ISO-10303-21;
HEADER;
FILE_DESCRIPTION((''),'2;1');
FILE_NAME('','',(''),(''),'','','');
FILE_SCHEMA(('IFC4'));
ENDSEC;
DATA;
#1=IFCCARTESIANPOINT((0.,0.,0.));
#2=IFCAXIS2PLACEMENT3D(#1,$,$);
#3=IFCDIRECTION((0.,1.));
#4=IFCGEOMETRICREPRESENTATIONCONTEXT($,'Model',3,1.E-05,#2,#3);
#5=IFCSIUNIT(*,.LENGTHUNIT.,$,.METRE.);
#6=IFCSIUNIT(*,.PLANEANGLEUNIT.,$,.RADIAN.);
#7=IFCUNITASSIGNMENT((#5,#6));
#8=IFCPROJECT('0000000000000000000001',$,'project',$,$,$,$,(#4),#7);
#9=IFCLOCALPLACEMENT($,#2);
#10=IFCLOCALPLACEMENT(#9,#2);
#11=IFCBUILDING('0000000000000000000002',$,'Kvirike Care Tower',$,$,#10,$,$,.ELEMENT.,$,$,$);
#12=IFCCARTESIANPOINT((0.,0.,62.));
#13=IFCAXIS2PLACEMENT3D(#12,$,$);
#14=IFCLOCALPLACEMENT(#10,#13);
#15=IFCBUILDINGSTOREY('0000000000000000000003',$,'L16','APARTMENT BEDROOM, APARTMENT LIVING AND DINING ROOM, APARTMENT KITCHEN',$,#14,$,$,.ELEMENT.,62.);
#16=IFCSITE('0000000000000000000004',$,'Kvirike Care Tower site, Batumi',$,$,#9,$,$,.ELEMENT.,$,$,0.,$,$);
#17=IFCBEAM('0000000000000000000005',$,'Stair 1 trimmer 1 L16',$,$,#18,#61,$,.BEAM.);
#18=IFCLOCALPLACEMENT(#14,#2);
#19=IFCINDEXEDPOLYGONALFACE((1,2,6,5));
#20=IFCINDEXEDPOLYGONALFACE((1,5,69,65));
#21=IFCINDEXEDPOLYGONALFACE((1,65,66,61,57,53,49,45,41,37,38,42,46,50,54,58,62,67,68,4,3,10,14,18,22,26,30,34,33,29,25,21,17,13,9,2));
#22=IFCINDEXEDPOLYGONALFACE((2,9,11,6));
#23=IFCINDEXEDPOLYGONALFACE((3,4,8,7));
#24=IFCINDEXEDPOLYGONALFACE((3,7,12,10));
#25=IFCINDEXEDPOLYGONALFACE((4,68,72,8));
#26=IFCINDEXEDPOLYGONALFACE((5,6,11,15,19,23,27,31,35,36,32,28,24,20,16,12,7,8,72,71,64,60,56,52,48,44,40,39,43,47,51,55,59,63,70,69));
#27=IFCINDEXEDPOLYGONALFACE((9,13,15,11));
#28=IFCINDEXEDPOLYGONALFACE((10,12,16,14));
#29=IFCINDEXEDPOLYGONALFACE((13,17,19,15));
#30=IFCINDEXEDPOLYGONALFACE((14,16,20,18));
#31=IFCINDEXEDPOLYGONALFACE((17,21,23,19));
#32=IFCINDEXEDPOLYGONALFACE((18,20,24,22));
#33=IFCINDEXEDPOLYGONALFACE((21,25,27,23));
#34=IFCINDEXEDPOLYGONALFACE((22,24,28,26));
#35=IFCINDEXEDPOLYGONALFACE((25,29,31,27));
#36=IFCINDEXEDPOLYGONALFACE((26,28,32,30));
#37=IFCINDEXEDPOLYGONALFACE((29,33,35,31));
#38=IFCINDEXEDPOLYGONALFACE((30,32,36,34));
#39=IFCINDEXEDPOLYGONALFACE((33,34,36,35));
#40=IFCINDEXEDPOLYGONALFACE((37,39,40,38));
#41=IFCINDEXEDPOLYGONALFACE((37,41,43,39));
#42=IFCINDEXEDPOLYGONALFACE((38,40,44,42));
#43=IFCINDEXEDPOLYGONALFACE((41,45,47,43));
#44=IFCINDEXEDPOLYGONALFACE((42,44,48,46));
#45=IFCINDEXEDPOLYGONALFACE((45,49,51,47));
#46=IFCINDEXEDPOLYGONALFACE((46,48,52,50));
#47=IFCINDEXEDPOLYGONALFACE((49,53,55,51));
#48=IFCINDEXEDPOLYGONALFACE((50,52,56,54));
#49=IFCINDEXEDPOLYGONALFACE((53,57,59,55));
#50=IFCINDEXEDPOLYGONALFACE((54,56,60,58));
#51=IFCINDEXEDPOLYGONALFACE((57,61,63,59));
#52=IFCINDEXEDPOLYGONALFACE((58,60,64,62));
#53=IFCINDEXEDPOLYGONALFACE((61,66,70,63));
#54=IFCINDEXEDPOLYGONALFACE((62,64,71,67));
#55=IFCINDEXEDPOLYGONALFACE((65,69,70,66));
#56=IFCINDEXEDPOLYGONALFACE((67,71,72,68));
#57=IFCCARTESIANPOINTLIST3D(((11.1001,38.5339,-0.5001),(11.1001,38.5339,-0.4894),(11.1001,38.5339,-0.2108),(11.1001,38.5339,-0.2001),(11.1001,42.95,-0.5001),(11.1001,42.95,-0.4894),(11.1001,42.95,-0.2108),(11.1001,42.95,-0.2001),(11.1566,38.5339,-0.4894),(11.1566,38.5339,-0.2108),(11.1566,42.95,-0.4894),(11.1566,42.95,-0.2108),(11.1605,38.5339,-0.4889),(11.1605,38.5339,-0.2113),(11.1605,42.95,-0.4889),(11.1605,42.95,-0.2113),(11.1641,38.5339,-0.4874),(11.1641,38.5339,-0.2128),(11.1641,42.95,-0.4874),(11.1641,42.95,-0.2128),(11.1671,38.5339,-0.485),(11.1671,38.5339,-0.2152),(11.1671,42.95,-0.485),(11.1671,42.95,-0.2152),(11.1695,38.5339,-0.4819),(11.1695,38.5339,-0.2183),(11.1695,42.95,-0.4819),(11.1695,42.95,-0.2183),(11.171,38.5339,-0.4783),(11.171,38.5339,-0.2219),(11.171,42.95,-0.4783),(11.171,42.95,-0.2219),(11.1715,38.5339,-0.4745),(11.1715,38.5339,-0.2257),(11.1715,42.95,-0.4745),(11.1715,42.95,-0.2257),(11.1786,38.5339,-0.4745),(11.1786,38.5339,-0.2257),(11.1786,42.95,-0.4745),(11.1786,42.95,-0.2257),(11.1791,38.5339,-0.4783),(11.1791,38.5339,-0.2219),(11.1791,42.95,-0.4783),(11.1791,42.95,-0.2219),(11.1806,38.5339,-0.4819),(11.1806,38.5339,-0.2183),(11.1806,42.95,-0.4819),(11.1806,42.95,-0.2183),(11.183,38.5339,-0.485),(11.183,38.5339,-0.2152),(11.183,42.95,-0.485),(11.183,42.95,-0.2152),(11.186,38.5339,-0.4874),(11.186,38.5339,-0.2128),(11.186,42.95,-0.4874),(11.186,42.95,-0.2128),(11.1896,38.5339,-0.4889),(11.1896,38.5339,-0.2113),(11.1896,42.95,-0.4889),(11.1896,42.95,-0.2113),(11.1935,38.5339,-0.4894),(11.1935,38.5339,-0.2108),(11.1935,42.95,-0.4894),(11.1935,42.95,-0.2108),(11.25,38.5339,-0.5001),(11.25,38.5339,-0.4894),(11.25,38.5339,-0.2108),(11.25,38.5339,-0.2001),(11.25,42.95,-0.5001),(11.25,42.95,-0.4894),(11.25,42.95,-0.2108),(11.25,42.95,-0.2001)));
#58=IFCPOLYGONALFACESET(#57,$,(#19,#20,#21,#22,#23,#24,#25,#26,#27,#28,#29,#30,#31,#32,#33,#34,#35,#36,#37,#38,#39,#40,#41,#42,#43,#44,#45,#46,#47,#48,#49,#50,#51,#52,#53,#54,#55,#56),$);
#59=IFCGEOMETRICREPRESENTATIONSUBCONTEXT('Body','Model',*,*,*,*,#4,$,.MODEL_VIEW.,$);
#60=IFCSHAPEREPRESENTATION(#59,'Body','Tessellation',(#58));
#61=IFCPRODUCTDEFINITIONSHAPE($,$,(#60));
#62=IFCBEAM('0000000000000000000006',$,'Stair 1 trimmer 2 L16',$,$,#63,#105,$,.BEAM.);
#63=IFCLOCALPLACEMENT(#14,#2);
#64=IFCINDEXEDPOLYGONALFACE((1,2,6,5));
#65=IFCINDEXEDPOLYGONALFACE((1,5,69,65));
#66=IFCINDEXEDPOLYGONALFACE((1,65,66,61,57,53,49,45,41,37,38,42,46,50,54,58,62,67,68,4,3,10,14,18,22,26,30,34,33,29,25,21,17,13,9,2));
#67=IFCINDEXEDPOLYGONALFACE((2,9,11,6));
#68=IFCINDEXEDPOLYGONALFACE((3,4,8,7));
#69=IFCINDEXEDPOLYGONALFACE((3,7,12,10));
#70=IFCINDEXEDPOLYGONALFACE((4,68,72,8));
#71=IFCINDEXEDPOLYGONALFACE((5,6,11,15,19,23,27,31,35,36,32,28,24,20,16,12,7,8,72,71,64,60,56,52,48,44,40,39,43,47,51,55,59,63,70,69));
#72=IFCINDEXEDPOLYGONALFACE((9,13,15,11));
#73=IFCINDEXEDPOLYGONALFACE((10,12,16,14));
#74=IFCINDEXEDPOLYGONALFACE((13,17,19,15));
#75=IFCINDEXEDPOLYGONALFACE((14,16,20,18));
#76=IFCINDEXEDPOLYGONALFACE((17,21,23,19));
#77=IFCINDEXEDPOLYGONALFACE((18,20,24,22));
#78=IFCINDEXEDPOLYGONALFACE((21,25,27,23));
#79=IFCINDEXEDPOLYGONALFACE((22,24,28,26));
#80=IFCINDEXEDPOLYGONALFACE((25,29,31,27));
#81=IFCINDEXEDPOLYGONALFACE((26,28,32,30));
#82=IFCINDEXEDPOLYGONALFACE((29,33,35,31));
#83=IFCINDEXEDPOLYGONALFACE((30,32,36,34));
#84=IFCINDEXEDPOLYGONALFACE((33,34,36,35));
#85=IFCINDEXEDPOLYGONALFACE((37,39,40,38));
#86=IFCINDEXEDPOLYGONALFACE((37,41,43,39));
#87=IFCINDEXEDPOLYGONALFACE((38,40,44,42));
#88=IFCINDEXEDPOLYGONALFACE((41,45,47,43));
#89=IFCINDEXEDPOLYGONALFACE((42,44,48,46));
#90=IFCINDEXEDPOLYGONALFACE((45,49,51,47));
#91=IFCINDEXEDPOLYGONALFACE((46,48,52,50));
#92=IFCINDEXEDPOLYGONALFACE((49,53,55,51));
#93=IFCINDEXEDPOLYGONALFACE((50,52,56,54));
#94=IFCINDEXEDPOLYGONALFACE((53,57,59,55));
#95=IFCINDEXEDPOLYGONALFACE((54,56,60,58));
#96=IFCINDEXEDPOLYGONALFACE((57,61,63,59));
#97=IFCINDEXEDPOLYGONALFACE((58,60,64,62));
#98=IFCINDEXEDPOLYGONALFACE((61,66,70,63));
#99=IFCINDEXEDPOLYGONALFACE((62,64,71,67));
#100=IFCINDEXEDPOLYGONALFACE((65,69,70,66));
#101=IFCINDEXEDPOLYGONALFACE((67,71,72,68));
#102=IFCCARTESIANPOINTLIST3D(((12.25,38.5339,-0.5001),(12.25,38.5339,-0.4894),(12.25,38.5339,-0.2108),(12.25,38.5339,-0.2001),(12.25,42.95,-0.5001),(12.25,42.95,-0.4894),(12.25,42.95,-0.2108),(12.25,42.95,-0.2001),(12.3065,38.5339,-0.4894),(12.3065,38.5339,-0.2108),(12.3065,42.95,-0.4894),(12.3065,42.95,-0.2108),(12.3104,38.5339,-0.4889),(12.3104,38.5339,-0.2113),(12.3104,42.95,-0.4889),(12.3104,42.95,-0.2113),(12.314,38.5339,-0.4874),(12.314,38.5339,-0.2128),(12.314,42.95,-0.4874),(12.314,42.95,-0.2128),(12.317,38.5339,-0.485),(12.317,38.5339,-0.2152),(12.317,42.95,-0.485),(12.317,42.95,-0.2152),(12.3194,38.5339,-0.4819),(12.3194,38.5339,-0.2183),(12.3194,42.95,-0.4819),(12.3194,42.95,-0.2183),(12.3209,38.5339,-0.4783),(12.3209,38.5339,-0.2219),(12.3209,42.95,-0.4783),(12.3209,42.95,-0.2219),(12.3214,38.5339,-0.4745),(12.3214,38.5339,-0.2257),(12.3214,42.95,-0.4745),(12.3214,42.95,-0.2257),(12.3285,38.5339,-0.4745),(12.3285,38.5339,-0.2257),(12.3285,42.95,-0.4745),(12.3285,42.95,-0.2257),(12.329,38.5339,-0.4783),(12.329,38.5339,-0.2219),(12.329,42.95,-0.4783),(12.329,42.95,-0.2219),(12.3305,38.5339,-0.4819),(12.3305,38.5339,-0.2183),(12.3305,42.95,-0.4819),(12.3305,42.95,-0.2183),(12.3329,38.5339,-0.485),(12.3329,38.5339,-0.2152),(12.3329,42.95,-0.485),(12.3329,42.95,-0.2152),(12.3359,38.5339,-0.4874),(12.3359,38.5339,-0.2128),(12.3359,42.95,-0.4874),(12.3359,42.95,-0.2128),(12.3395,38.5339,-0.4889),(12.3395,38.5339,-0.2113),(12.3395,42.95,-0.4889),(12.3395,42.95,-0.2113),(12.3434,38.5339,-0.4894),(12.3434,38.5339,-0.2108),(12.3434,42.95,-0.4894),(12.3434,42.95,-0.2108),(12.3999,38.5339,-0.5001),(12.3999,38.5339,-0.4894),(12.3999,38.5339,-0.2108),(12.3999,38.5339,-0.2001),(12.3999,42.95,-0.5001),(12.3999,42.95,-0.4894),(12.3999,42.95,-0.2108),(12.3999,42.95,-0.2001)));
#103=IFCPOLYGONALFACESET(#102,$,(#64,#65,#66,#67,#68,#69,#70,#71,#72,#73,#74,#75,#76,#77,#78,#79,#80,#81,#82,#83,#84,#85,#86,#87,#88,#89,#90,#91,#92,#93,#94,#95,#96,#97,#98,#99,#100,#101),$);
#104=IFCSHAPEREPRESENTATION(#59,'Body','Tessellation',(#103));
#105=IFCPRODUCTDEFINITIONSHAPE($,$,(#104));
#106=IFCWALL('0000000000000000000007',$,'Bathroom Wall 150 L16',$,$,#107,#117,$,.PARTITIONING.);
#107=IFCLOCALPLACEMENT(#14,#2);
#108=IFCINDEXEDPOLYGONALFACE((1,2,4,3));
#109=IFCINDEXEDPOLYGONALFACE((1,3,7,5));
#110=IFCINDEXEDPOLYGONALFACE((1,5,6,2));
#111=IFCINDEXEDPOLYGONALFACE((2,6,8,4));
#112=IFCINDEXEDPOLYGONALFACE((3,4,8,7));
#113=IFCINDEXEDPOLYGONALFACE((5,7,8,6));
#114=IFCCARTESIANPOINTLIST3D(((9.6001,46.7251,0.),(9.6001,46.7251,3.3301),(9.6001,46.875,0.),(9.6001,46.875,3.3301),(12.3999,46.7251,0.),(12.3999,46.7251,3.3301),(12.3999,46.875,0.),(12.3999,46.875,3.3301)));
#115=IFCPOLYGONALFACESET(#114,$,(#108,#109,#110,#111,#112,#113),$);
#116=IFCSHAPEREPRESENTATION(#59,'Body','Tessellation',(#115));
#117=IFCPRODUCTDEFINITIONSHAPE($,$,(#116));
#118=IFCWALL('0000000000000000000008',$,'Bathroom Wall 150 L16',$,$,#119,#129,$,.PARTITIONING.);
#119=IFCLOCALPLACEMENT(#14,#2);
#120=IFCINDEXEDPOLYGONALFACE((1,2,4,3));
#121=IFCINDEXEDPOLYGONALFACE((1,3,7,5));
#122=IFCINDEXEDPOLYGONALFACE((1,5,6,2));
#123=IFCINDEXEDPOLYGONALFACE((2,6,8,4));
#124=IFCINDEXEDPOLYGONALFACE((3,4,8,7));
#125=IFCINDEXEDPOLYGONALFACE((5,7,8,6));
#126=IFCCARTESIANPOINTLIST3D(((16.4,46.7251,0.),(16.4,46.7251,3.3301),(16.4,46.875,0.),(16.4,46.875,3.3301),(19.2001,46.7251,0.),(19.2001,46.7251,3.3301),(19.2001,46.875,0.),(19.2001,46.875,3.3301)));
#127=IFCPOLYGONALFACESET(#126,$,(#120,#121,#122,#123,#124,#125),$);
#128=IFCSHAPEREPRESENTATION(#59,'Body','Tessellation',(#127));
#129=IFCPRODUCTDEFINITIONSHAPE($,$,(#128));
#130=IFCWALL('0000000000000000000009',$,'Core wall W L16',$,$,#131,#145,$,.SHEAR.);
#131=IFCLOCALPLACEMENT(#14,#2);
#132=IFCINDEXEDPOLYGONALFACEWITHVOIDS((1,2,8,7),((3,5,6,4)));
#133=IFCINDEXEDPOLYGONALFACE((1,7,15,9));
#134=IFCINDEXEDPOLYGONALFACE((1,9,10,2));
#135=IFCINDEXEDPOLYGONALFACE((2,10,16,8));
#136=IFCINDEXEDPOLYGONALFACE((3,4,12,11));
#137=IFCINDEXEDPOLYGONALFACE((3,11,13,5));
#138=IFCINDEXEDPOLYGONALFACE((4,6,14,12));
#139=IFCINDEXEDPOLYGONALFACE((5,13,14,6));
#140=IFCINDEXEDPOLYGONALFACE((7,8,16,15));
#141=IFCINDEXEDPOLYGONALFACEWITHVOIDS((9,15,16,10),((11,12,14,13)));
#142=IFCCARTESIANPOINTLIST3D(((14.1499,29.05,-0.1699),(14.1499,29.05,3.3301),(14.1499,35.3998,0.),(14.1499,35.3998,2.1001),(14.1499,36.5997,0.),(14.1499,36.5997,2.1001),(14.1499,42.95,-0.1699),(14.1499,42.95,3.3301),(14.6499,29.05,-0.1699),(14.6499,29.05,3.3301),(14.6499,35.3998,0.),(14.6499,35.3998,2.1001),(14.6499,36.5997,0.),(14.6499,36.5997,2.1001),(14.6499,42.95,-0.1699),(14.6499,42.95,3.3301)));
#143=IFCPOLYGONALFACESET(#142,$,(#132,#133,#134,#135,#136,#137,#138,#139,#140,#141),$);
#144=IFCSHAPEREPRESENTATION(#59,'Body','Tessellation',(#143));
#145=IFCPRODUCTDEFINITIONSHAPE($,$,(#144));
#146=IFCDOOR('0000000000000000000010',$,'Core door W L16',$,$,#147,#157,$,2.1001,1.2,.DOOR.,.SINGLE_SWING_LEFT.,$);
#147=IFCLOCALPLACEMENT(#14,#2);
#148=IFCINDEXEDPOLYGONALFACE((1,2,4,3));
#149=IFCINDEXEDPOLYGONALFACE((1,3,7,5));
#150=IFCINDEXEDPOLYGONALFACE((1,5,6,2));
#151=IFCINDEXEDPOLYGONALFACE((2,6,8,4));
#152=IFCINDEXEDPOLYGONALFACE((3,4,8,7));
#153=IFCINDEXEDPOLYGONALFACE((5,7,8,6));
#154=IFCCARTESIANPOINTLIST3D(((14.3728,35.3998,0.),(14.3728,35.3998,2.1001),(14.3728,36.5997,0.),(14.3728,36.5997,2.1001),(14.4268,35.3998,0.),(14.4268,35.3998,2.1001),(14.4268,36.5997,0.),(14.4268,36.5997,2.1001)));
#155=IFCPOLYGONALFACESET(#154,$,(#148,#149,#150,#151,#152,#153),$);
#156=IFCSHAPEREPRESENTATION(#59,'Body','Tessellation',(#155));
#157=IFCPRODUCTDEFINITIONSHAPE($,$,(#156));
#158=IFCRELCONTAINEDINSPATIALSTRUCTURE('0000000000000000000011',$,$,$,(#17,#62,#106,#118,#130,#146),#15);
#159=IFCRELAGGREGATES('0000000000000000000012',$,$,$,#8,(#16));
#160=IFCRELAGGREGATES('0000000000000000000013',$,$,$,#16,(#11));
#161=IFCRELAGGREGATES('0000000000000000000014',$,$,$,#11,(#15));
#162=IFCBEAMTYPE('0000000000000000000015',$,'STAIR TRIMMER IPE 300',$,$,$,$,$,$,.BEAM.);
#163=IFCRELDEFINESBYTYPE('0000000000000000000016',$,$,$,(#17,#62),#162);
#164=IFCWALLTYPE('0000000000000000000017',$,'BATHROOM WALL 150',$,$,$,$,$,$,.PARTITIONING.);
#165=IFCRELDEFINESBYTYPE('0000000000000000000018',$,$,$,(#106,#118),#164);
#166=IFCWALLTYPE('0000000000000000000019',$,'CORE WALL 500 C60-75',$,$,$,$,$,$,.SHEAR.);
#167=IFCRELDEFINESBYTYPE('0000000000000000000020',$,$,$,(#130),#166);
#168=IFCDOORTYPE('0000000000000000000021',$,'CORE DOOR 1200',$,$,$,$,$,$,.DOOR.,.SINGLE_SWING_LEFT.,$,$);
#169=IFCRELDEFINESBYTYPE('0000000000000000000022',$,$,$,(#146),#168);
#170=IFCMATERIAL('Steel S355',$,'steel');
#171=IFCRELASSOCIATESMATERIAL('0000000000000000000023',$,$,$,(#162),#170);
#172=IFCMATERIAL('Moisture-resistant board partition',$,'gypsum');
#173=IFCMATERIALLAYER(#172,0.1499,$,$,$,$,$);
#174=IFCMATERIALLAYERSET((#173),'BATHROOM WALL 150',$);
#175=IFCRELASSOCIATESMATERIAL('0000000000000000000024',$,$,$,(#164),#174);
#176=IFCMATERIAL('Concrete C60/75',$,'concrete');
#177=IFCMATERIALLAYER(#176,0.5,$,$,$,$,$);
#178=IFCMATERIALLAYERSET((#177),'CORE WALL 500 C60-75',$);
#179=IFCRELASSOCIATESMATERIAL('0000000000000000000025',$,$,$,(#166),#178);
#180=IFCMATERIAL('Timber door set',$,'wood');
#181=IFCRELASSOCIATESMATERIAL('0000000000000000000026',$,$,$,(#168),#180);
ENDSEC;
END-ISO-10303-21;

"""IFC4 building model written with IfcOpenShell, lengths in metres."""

from ifc_helpers import new_model, si_unit, direction, frame, frame_2d, origin, origin_2d, place, context, subcontext, project, spatial, rectangle, i_section, extrude, material, layer, layer_set, material_profile, profile_set, type_object, element, fill, save


model = new_model("IFC4")

# Units and contexts
model_context = context("Model", 3, precision=1e-05, world=origin(), true_north=direction((0.0, 1.0)))
body_context = subcontext(model_context, "Body", "Model", "MODEL_VIEW")
ifc_project = project(units=[si_unit("LENGTHUNIT", "METRE"), si_unit("PLANEANGLEUNIT", "RADIAN")], contexts=[model_context])

# Site, building, storey
site_placement = place(None, origin())
site = spatial("IfcSite", under=ifc_project, at=site_placement, Name="Kvirike Care Tower site, Batumi", CompositionType="ELEMENT", RefElevation=0.0)
building_placement = place(site_placement, origin())
building = spatial("IfcBuilding", under=site, at=building_placement, Name="Kvirike Care Tower", CompositionType="ELEMENT")
storey_placement = place(building_placement, frame((0.0, 0.0, 62.0)))
storey = spatial("IfcBuildingStorey", under=building, at=storey_placement, Name="L16", Description="APARTMENT BEDROOM, APARTMENT LIVING AND DINING ROOM, APARTMENT KITCHEN", CompositionType="ELEMENT", Elevation=62.0)

# Beams
ifc_material_1 = material(Name="Steel S355", Category="steel")
ifc_material_profile_1 = material_profile(ifc_material_1, i_section(OverallWidth=0.1499, OverallDepth=0.3, WebThickness=0.0071, FlangeThickness=0.0107, FilletRadius=0.0149, at=origin_2d()), Name="IPE 300")
ifc_profile_set_1 = profile_set([ifc_material_profile_1], Name="Steel S355")
beam_type_1 = type_object("IfcBeamType", Name="STAIR TRIMMER IPE 300", PredefinedType="BEAM", material=ifc_profile_set_1)
for number, where, z_axis, x_axis, name in (
    (1, (11.175, 42.95, -0.3501), (0.0, -1.0, 0.0), (1.0, 0.0, 0.0), "Stair 1 trimmer 1 L16"),
    (2, (12.325, 42.95, -0.3501), (0.0, -1.0, 0.0), (1.0, 0.0, 0.0), "Stair 1 trimmer 2 L16"),
):
    element("IfcBeam", number, at=place(storey_placement, frame(where, z_axis=z_axis, x_axis=x_axis)), inside=storey, type_object=beam_type_1, Name=name, PredefinedType="BEAM", context=body_context, shape_type="SweptSolid", body=[
        extrude(i_section(OverallWidth=0.1499, OverallDepth=0.3, WebThickness=0.0071, FlangeThickness=0.0107, FilletRadius=0.0149, at=origin_2d()), origin(), (0.0, 0.0, 1.0), 4.416),
    ])

# Walls
ifc_material_2 = material(Name="Moisture-resistant board partition", Category="gypsum")
ifc_layer_1 = layer(ifc_material_2, 0.1499)
ifc_layer_set_1 = layer_set([ifc_layer_1], Name="BATHROOM WALL 150")
wall_type_1 = type_object("IfcWallType", Name="BATHROOM WALL 150", PredefinedType="PARTITIONING", material=ifc_layer_set_1)
wall_1_placement = place(storey_placement, frame((12.3999, 46.8, 0.0), z_axis=(0.0, 0.0, 1.0), x_axis=(-1.0, 0.0, 0.0)))
element("IfcWall", 3, at=wall_1_placement, inside=storey, type_object=wall_type_1, Name="Bathroom Wall 150 L16", PredefinedType="PARTITIONING", context=body_context, shape_type="SweptSolid", body=[
    extrude(rectangle(XDim=2.7998, YDim=0.1499, at=frame_2d((1.3999, 0.0))), origin(), (0.0, 0.0, 1.0), 3.3301),
])
wall_2_placement = place(storey_placement, frame((19.2, 46.8, 0.0), z_axis=(0.0, 0.0, 1.0), x_axis=(-1.0, 0.0, 0.0)))
element("IfcWall", 4, at=wall_2_placement, inside=storey, type_object=wall_type_1, Name="Bathroom Wall 150 L16", PredefinedType="PARTITIONING", context=body_context, shape_type="SweptSolid", body=[
    extrude(rectangle(XDim=2.8, YDim=0.1499, at=frame_2d((1.3999, 0.0))), origin(), (0.0, 0.0, 1.0), 3.3301),
])

# Wall, opening, door
ifc_material_3 = material(Name="Concrete C60/75", Category="concrete")
ifc_layer_2 = layer(ifc_material_3, 0.5)
ifc_layer_set_2 = layer_set([ifc_layer_2], Name="CORE WALL 500 C60-75")
wall_type_2 = type_object("IfcWallType", Name="CORE WALL 500 C60-75", PredefinedType="SHEAR", material=ifc_layer_set_2)
wall_3_placement = place(storey_placement, frame((14.3999, 42.95, -0.1699), z_axis=(0.0, 0.0, 1.0), x_axis=(0.0, -1.0, 0.0)))
wall_3 = element("IfcWall", 5, at=wall_3_placement, inside=storey, type_object=wall_type_2, Name="Core wall W L16", PredefinedType="SHEAR", context=body_context, shape_type="SweptSolid", body=[
    extrude(rectangle(XDim=13.8999, YDim=0.5, at=frame_2d((6.95, 0.0))), origin(), (0.0, 0.0, 1.0), 3.5),
])
opening_1_placement = place(wall_3_placement, frame((6.3501, 0.0, 0.1699)))
opening_1 = element("IfcOpeningElement", 6, at=opening_1_placement, cuts=wall_3, PredefinedType="OPENING", context=body_context, shape_type="SweptSolid", body=[
    extrude(rectangle(XDim=1.2, YDim=2.1001, at=frame_2d((0.6001, 1.05))), frame((0.0, 0.2605, 0.0), z_axis=(0.0, -1.0, 0.0), x_axis=(1.0, 0.0, 0.0)), (0.0, 0.0, 1.0), 0.521),
])
ifc_material_4 = material(Name="Timber door set", Category="wood")
door_type_1 = type_object("IfcDoorType", Name="CORE DOOR 1200", OperationType="SINGLE_SWING_LEFT", PredefinedType="DOOR", material=ifc_material_4)
door_1_placement = place(opening_1_placement, origin())
door_1 = element("IfcDoor", 7, at=door_1_placement, inside=storey, type_object=door_type_1, Name="Core door W L16", OperationType="SINGLE_SWING_LEFT", OverallHeight=2.1001, OverallWidth=1.2, PredefinedType="DOOR", context=body_context, shape_type="SweptSolid", body=[
    extrude(rectangle(XDim=1.2, YDim=2.1001, at=frame_2d((0.6001, 1.05))), frame((0.0, 0.0269, 0.0), z_axis=(0.0, -1.0, 0.0), x_axis=(1.0, 0.0, 0.0)), (0.0, 0.0, 1.0), 0.054),
])
fill(opening_1, door_1)

save(model, "model.ifc")
